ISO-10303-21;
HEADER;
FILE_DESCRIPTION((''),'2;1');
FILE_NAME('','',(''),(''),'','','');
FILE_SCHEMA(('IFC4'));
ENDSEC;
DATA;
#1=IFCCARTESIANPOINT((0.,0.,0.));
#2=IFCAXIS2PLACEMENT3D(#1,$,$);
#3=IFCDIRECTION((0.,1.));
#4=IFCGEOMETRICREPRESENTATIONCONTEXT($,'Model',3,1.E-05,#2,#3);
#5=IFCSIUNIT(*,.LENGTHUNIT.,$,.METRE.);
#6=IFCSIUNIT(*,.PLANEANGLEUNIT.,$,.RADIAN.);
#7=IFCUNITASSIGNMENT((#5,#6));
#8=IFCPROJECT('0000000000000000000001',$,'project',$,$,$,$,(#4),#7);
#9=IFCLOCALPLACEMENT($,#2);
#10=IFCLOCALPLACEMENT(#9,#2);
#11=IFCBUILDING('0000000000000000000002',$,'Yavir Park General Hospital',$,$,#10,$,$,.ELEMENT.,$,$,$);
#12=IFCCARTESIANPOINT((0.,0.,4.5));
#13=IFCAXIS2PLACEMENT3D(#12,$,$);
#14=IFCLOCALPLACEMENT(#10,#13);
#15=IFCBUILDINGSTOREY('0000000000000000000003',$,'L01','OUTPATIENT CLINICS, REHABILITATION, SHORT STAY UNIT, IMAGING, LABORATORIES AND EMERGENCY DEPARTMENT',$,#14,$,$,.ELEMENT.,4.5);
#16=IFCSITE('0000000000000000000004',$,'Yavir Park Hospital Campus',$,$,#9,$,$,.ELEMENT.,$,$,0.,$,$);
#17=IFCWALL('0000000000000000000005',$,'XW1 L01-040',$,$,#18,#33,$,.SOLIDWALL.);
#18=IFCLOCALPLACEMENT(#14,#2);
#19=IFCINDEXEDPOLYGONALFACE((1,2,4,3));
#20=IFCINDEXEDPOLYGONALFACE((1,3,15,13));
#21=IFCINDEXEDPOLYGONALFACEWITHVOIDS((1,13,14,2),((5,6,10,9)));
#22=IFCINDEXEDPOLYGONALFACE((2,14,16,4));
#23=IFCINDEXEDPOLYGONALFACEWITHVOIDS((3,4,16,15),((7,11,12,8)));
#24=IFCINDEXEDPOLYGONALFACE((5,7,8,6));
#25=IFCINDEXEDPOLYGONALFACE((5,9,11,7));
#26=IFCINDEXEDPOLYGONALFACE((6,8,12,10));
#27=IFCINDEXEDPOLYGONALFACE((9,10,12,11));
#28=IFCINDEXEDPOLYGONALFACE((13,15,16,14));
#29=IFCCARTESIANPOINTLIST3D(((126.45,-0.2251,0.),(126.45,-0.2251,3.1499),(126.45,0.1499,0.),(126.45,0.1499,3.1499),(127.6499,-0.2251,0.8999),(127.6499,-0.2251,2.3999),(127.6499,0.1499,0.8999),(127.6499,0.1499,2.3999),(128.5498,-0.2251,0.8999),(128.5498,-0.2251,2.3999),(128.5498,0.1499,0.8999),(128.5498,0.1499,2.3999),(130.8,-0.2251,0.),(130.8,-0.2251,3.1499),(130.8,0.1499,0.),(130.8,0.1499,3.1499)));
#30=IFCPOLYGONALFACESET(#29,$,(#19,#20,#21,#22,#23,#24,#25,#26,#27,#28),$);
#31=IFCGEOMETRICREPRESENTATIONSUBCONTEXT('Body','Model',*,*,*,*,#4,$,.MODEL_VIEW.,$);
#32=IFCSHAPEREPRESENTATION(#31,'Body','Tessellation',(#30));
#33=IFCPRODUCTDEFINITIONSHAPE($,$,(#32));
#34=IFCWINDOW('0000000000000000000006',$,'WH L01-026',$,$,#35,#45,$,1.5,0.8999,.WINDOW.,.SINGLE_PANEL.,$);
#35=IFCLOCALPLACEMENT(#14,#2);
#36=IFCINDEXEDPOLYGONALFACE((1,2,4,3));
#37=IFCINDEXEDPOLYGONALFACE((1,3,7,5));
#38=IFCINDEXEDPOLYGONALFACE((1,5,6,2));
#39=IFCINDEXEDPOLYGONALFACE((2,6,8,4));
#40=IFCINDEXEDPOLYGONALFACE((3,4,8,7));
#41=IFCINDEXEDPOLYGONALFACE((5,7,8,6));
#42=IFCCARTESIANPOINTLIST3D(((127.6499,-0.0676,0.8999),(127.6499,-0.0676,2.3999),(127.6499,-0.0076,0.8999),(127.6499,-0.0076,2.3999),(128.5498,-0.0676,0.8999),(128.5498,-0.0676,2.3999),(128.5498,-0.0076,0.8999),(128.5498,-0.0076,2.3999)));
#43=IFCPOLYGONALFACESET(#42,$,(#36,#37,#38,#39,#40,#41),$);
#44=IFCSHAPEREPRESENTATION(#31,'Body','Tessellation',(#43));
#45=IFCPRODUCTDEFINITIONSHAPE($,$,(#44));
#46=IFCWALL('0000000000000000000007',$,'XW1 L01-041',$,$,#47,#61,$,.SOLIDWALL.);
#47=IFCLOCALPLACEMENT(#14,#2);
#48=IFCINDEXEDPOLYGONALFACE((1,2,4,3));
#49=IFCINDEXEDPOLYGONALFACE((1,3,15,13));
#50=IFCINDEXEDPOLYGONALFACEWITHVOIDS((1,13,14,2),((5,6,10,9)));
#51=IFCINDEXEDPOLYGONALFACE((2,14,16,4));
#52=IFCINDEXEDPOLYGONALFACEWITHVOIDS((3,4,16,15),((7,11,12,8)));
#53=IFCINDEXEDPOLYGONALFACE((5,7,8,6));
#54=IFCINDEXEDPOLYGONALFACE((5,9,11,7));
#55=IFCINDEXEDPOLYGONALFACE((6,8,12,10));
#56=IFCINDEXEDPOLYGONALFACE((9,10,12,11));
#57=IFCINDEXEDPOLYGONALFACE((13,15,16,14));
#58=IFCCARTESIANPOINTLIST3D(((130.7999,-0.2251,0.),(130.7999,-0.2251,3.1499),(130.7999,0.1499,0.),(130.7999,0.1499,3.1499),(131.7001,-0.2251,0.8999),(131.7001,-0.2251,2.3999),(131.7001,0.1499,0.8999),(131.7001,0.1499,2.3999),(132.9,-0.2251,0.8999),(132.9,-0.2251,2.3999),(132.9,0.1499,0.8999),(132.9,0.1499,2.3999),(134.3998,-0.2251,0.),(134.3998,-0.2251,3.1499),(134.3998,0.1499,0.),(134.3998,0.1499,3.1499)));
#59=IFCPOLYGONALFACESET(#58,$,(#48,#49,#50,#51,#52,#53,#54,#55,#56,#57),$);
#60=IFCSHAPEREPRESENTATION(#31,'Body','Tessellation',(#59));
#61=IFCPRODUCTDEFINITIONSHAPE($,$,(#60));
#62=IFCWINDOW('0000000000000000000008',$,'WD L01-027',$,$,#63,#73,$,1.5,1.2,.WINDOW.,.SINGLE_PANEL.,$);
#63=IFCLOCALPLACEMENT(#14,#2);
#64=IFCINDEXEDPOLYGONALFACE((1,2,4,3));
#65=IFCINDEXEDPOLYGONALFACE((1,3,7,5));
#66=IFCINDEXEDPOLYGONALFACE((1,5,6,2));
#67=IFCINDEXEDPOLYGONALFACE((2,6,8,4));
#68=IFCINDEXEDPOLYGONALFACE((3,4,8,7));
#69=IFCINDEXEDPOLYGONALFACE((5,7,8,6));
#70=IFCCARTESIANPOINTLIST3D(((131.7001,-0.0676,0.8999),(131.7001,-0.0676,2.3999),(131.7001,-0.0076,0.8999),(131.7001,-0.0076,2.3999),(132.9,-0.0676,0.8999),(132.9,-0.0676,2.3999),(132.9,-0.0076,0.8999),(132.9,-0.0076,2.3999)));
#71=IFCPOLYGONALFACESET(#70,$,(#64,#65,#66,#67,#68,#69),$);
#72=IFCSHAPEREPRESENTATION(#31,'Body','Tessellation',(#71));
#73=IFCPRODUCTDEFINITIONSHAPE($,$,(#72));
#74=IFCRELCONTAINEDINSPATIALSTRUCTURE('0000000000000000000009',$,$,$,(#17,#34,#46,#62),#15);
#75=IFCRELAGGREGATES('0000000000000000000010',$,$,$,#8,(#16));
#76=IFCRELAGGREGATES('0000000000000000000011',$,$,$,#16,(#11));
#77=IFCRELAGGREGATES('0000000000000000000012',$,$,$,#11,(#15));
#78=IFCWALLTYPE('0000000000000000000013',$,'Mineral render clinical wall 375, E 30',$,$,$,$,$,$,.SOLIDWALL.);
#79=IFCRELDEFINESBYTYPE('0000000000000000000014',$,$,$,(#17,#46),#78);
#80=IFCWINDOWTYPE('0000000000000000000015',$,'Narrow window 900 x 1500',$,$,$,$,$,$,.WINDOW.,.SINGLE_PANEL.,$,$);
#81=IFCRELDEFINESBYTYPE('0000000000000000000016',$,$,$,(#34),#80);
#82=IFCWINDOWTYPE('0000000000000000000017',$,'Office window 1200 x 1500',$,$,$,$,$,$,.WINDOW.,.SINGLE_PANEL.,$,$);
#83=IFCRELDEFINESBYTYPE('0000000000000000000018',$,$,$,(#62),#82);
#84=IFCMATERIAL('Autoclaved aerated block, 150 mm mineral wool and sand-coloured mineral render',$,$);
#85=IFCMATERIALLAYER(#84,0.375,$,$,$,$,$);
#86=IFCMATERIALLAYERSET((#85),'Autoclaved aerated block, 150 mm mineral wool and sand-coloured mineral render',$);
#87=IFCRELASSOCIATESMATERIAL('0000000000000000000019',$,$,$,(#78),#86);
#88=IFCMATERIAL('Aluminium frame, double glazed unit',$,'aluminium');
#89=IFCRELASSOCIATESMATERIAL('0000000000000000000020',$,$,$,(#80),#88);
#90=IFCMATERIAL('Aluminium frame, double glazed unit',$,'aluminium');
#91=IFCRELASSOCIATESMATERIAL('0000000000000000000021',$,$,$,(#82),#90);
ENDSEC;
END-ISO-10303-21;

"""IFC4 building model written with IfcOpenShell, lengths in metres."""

from ifc_helpers import new_model, si_unit, direction, frame, frame_2d, origin, place, context, subcontext, project, spatial, rectangle, extrude, material, layer, layer_set, type_object, element, fill, save


model = new_model("IFC4")

# Units and contexts
model_context = context("Model", 3, precision=1e-05, world=origin(), true_north=direction((0.0, 1.0)))
body_context = subcontext(model_context, "Body", "Model", "MODEL_VIEW")
ifc_project = project(units=[si_unit("LENGTHUNIT", "METRE"), si_unit("PLANEANGLEUNIT", "RADIAN")], contexts=[model_context])

# Site, building, storey
site_placement = place(None, origin())
site = spatial("IfcSite", under=ifc_project, at=site_placement, Name="Yavir Park Hospital Campus", CompositionType="ELEMENT", RefElevation=0.0)
building_placement = place(site_placement, origin())
building = spatial("IfcBuilding", under=site, at=building_placement, Name="Yavir Park General Hospital", CompositionType="ELEMENT")
storey_placement = place(building_placement, frame((0.0, 0.0, 4.5)))
storey = spatial("IfcBuildingStorey", under=building, at=storey_placement, Name="L01", Description="OUTPATIENT CLINICS, REHABILITATION, SHORT STAY UNIT, IMAGING, LABORATORIES AND EMERGENCY DEPARTMENT", CompositionType="ELEMENT", Elevation=4.5)

# Walls, openings, windows
ifc_material_1 = material(Name="Autoclaved aerated block, 150 mm mineral wool and sand-coloured mineral render")
ifc_layer_1 = layer(ifc_material_1, 0.375)
ifc_layer_set_1 = layer_set([ifc_layer_1], Name="Autoclaved aerated block, 150 mm mineral wool and sand-coloured mineral render")
wall_type_1 = type_object("IfcWallType", Name="Mineral render clinical wall 375, E 30", PredefinedType="SOLIDWALL", material=ifc_layer_set_1)
wall_1_placement = place(storey_placement, frame((126.45, -0.0376, 0.0), z_axis=(0.0, 0.0, 1.0), x_axis=(1.0, 0.0, 0.0)))
wall_1 = element("IfcWall", 1, at=wall_1_placement, inside=storey, type_object=wall_type_1, Name="XW1 L01-040", PredefinedType="SOLIDWALL", context=body_context, shape_type="SweptSolid", body=[
    extrude(rectangle(XDim=4.3501, YDim=0.375, at=frame_2d((2.175, 0.0))), origin(), (0.0, 0.0, 1.0), 3.1499),
])
opening_1_placement = place(wall_1_placement, frame((1.2, 0.0, 0.8999)))
opening_1 = element("IfcOpeningElement", 2, at=opening_1_placement, cuts=wall_1, PredefinedType="OPENING", context=body_context, shape_type="SweptSolid", body=[
    extrude(rectangle(XDim=0.8999, YDim=1.5, at=frame_2d((0.45, 0.75))), frame((0.0, 0.1975, 0.0), z_axis=(0.0, -1.0, 0.0), x_axis=(1.0, 0.0, 0.0)), (0.0, 0.0, 1.0), 0.395),
])
ifc_material_2 = material(Name="Aluminium frame, double glazed unit", Category="aluminium")
window_type_1 = type_object("IfcWindowType", Name="Narrow window 900 x 1500", PartitioningType="SINGLE_PANEL", PredefinedType="WINDOW", material=ifc_material_2)
window_1_placement = place(opening_1_placement, origin())
window_1 = element("IfcWindow", 3, at=window_1_placement, inside=storey, type_object=window_type_1, Name="WH L01-026", OverallHeight=1.5, OverallWidth=0.8999, PartitioningType="SINGLE_PANEL", PredefinedType="WINDOW", context=body_context, shape_type="SweptSolid", body=[
    extrude(rectangle(XDim=0.8999, YDim=1.5, at=frame_2d((0.45, 0.75))), frame((0.0, 0.03, 0.0), z_axis=(0.0, -1.0, 0.0), x_axis=(1.0, 0.0, 0.0)), (0.0, 0.0, 1.0), 0.0601),
])
fill(opening_1, window_1)
wall_2_placement = place(storey_placement, frame((130.8, -0.0376, 0.0), z_axis=(0.0, 0.0, 1.0), x_axis=(1.0, 0.0, 0.0)))
wall_2 = element("IfcWall", 4, at=wall_2_placement, inside=storey, type_object=wall_type_1, Name="XW1 L01-041", PredefinedType="SOLIDWALL", context=body_context, shape_type="SweptSolid", body=[
    extrude(rectangle(XDim=3.5999, YDim=0.375, at=frame_2d((1.7998, 0.0))), origin(), (0.0, 0.0, 1.0), 3.1499),
])
opening_2_placement = place(wall_2_placement, frame((0.8999, 0.0, 0.8999)))
opening_2 = element("IfcOpeningElement", 5, at=opening_2_placement, cuts=wall_2, PredefinedType="OPENING", context=body_context, shape_type="SweptSolid", body=[
    extrude(rectangle(XDim=1.2, YDim=1.5, at=frame_2d((0.6001, 0.75))), frame((0.0, 0.1975, 0.0), z_axis=(0.0, -1.0, 0.0), x_axis=(1.0, 0.0, 0.0)), (0.0, 0.0, 1.0), 0.395),
])
ifc_material_3 = material(Name="Aluminium frame, double glazed unit", Category="aluminium")
window_type_2 = type_object("IfcWindowType", Name="Office window 1200 x 1500", PartitioningType="SINGLE_PANEL", PredefinedType="WINDOW", material=ifc_material_3)
window_2_placement = place(opening_2_placement, origin())
window_2 = element("IfcWindow", 6, at=window_2_placement, inside=storey, type_object=window_type_2, Name="WD L01-027", OverallHeight=1.5, OverallWidth=1.2, PartitioningType="SINGLE_PANEL", PredefinedType="WINDOW", context=body_context, shape_type="SweptSolid", body=[
    extrude(rectangle(XDim=1.2, YDim=1.5, at=frame_2d((0.6001, 0.75))), frame((0.0, 0.03, 0.0), z_axis=(0.0, -1.0, 0.0), x_axis=(1.0, 0.0, 0.0)), (0.0, 0.0, 1.0), 0.0601),
])
fill(opening_2, window_2)

save(model, "model.ifc")
